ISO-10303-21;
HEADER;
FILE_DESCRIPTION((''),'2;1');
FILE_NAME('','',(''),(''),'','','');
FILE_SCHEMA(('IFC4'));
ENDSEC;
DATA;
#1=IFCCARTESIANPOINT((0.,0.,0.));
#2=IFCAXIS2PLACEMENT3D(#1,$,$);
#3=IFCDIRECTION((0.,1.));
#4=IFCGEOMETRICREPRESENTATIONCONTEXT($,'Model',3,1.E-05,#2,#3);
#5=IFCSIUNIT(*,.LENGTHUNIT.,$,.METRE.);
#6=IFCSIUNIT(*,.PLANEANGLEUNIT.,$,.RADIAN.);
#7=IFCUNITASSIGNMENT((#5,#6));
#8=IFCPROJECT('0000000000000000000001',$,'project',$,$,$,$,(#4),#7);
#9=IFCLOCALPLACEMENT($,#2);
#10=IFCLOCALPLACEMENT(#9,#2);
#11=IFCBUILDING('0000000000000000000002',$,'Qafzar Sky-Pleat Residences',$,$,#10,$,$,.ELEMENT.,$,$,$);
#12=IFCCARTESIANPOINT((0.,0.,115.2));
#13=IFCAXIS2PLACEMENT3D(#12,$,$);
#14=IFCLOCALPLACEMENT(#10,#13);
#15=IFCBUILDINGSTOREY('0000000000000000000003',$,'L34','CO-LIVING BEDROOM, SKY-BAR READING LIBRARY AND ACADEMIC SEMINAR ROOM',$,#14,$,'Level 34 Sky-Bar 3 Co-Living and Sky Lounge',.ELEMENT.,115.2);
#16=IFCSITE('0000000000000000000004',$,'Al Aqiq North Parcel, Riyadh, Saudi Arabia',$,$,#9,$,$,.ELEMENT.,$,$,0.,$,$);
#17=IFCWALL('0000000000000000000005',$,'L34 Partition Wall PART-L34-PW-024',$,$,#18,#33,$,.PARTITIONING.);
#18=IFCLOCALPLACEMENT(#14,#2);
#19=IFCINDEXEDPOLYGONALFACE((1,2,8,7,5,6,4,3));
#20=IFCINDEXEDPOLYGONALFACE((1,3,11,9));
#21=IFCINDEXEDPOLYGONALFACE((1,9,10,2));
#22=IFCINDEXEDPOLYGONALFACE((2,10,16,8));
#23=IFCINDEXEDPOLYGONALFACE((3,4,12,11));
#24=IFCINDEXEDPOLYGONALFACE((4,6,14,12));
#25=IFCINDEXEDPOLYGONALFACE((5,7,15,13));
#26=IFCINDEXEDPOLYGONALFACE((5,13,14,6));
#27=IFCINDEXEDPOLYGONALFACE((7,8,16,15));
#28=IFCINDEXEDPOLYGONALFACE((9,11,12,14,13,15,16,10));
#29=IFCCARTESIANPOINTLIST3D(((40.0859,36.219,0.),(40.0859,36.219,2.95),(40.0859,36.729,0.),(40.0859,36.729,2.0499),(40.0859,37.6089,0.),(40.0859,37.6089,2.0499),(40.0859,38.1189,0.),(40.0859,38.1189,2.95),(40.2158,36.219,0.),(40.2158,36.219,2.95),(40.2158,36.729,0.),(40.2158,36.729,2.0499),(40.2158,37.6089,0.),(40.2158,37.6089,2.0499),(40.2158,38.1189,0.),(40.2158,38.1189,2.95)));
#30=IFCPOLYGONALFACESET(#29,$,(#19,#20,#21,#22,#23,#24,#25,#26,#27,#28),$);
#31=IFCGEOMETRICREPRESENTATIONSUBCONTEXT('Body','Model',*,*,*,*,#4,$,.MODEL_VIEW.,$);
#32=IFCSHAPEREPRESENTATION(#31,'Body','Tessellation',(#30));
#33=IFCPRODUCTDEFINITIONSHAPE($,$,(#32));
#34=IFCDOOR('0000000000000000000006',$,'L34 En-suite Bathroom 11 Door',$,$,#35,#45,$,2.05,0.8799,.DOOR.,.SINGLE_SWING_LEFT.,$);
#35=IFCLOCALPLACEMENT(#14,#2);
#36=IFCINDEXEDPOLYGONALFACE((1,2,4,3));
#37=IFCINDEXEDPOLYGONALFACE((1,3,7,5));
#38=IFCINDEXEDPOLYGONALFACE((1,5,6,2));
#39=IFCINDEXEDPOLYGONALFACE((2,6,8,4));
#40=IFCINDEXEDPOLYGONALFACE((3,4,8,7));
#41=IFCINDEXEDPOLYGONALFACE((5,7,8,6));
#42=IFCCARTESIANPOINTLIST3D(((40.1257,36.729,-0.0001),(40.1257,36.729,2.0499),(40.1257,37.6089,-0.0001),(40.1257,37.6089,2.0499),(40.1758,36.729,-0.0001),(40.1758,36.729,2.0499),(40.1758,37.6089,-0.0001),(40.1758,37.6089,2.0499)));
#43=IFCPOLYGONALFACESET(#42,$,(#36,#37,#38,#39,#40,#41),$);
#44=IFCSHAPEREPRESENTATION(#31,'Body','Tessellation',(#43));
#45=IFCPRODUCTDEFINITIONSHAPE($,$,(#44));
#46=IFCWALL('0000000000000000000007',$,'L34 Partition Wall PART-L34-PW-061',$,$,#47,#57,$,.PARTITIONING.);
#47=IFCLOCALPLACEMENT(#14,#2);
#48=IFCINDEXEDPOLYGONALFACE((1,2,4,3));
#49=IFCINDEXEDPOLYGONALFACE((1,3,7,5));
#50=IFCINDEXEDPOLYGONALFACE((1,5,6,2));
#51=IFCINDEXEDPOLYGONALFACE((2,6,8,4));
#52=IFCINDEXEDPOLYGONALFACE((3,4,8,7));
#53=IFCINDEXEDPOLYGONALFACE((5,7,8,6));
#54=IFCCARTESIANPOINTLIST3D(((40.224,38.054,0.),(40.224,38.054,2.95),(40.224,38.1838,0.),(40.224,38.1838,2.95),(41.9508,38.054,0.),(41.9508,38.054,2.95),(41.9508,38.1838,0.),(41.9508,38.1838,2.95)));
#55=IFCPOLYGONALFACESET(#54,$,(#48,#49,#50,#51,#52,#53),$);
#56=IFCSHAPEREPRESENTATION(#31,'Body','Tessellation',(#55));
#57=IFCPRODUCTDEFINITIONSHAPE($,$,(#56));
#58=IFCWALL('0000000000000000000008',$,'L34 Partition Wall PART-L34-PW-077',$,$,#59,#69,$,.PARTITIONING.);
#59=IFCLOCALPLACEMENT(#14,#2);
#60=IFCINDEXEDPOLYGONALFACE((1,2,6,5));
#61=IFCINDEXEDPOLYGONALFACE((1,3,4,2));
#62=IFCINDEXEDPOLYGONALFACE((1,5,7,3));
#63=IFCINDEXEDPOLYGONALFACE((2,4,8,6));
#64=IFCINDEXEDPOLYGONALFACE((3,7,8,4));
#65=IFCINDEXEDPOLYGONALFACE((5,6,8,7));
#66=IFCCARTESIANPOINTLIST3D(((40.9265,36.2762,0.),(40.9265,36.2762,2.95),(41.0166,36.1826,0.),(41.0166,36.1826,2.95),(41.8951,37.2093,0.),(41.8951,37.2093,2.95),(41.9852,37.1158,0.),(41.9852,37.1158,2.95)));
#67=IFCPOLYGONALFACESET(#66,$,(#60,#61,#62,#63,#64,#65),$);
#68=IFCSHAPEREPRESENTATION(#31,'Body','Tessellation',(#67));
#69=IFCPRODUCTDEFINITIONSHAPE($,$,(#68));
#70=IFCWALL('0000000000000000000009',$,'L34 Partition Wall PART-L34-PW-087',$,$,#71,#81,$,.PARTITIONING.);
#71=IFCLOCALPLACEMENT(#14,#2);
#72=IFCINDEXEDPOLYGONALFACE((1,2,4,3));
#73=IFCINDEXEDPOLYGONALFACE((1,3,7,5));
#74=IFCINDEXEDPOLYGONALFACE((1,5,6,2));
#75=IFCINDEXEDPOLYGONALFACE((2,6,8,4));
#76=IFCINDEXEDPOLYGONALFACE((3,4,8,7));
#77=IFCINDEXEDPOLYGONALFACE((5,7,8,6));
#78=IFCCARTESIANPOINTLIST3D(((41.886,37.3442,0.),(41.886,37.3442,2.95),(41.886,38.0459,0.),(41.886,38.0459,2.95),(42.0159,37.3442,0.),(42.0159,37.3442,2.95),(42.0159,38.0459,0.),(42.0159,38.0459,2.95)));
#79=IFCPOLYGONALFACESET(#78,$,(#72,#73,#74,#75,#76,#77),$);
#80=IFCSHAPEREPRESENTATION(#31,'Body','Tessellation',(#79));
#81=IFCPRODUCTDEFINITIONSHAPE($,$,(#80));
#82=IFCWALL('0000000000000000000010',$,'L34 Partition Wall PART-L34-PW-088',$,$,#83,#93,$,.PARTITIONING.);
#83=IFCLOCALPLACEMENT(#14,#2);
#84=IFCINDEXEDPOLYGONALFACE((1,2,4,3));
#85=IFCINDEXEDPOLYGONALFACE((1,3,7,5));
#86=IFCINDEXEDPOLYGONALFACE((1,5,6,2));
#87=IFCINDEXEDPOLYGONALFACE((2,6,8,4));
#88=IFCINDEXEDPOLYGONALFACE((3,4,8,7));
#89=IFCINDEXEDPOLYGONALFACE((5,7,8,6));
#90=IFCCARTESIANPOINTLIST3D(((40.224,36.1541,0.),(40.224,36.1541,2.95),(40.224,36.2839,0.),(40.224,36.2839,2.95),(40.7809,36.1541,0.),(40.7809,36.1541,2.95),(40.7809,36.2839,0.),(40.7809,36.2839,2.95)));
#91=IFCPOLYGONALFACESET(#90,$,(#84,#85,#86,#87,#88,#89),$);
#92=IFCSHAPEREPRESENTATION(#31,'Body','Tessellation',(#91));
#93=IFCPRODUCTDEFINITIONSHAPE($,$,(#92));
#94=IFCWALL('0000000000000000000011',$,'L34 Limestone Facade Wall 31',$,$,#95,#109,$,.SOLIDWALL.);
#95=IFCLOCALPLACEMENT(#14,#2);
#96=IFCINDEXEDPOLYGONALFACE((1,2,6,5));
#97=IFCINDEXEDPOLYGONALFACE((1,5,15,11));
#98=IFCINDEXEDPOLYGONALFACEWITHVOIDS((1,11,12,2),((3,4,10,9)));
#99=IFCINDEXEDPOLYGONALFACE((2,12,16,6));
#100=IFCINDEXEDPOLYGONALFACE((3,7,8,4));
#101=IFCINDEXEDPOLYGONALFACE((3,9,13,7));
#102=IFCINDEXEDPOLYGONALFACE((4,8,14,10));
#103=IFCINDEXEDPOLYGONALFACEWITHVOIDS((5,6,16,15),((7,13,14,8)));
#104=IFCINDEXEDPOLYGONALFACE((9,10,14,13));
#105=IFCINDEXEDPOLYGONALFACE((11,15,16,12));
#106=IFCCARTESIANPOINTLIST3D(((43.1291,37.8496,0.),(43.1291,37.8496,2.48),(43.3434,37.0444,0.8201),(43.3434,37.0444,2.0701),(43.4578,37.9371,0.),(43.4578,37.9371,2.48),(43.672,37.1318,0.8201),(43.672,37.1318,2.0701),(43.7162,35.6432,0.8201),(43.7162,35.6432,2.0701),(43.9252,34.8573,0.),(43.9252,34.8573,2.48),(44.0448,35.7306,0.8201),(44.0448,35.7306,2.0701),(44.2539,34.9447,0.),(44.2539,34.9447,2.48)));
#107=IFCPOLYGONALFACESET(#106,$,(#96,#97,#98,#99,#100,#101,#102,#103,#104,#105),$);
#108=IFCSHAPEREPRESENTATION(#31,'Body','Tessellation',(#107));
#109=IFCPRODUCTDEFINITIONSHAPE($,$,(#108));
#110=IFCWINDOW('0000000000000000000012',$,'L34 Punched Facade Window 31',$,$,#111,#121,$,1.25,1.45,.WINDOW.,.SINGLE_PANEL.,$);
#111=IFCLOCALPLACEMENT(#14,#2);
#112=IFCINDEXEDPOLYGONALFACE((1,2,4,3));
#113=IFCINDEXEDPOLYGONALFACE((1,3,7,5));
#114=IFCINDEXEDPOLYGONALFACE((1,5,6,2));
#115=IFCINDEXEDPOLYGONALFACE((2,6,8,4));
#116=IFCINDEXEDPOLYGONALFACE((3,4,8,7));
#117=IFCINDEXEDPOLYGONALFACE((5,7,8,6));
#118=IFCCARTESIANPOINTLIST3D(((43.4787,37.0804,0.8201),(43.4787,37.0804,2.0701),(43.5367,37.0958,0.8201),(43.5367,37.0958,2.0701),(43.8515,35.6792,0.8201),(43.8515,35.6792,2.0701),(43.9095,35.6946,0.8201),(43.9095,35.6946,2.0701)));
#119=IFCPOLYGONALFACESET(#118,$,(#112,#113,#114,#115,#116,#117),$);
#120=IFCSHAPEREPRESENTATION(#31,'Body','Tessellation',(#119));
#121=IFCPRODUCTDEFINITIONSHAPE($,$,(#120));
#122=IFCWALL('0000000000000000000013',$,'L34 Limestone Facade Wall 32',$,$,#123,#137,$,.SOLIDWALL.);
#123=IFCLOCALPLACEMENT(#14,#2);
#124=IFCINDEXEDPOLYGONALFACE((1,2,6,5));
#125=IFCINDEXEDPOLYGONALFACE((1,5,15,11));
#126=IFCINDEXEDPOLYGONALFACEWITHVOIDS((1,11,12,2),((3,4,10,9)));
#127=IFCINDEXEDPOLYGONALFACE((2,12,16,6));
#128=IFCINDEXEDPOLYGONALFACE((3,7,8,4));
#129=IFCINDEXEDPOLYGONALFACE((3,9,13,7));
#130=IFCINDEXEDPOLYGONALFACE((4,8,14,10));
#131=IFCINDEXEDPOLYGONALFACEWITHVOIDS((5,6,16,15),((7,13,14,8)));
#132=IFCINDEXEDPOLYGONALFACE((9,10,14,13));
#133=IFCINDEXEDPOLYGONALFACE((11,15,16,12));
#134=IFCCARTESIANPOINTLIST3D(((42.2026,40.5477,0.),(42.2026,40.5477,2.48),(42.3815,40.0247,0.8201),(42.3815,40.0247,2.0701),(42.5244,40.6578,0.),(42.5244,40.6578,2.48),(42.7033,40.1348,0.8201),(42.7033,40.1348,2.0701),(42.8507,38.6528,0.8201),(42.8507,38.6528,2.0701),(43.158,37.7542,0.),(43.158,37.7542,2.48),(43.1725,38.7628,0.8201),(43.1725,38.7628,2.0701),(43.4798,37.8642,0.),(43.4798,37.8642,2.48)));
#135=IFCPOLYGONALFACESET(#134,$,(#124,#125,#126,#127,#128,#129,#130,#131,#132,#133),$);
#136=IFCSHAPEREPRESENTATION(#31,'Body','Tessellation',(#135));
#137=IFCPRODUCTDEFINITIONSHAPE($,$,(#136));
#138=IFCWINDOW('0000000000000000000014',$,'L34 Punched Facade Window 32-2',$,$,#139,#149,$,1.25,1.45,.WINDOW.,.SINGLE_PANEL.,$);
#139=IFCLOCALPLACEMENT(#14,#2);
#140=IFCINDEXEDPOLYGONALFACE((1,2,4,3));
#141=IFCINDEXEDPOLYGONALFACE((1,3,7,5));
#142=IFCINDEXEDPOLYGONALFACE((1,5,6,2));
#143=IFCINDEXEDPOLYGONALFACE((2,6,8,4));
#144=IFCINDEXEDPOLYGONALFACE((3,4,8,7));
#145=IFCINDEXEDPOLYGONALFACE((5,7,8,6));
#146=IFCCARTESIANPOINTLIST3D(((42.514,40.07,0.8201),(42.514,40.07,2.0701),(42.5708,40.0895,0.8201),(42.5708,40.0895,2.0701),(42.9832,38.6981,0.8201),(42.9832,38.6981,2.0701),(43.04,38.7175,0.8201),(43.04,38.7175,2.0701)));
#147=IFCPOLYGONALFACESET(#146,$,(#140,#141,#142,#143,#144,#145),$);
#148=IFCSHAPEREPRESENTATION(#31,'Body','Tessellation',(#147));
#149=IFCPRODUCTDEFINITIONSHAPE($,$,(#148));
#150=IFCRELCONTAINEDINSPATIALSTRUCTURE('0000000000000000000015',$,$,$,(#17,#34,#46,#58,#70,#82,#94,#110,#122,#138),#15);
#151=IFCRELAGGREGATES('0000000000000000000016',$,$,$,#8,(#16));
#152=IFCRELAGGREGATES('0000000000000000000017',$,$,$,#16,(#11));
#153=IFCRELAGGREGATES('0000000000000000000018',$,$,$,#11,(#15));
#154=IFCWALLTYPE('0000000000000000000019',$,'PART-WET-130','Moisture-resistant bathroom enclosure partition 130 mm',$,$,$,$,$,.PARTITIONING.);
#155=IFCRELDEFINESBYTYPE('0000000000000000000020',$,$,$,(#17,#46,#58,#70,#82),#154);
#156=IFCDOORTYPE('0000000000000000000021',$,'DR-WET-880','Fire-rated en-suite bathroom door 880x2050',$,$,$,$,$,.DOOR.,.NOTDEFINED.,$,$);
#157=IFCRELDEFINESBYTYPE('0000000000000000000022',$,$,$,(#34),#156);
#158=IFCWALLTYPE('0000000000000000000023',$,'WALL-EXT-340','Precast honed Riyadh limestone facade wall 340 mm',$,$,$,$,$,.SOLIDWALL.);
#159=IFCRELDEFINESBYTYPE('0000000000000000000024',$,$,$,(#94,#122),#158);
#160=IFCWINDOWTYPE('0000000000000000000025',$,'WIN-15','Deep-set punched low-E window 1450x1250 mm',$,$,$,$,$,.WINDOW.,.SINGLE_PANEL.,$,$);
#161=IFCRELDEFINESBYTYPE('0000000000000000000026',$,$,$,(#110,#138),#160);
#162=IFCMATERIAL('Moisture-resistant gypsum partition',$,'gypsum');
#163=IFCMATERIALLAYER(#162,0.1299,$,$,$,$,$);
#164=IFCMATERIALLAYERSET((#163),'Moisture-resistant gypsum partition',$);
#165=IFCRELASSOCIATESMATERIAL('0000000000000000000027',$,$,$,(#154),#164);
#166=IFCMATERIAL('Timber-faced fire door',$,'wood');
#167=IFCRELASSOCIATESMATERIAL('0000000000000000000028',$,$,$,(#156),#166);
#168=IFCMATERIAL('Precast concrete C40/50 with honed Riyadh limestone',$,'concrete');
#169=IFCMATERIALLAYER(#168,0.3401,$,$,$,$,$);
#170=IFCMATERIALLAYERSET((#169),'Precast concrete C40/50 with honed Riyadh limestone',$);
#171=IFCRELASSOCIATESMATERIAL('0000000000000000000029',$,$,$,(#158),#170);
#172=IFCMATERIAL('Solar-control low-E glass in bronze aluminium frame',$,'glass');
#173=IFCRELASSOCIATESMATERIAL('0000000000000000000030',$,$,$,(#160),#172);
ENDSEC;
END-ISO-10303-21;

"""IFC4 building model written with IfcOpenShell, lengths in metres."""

from ifc_helpers import new_model, si_unit, direction, frame, frame_2d, origin, place, context, subcontext, project, spatial, rectangle, extrude, source, transform, mapped, material, layer, layer_set, type_object, element, fill, save


model = new_model("IFC4")

# Units and contexts
model_context = context("Model", 3, precision=1e-05, world=origin(), true_north=direction((0.0, 1.0)))
body_context = subcontext(model_context, "Body", "Model", "MODEL_VIEW")
ifc_project = project(units=[si_unit("LENGTHUNIT", "METRE"), si_unit("PLANEANGLEUNIT", "RADIAN")], contexts=[model_context])

# Site, building, storey
site_placement = place(None, origin())
site = spatial("IfcSite", under=ifc_project, at=site_placement, Name="Al Aqiq North Parcel, Riyadh, Saudi Arabia", CompositionType="ELEMENT", RefElevation=0.0)
building_placement = place(site_placement, origin())
building = spatial("IfcBuilding", under=site, at=building_placement, Name="Qafzar Sky-Pleat Residences", CompositionType="ELEMENT")
storey_placement = place(building_placement, frame((0.0, 0.0, 115.2)))
storey = spatial("IfcBuildingStorey", under=building, at=storey_placement, Name="L34", Description="CO-LIVING BEDROOM, SKY-BAR READING LIBRARY AND ACADEMIC SEMINAR ROOM", LongName="Level 34 Sky-Bar 3 Co-Living and Sky Lounge", CompositionType="ELEMENT", Elevation=115.2)

# Wall, opening, door
ifc_material_1 = material(Name="Moisture-resistant gypsum partition", Category="gypsum")
ifc_layer_1 = layer(ifc_material_1, 0.1299)
ifc_layer_set_1 = layer_set([ifc_layer_1], Name="Moisture-resistant gypsum partition")
wall_type_1 = type_object("IfcWallType", Name="PART-WET-130", Description="Moisture-resistant bathroom enclosure partition 130 mm", PredefinedType="PARTITIONING", material=ifc_layer_set_1)
wall_1_placement = place(storey_placement, frame((40.1509, 38.1189, 0.0), z_axis=(0.0, 0.0, 1.0), x_axis=(0.0, -1.0, 0.0)))
wall_1 = element("IfcWall", 1, at=wall_1_placement, inside=storey, type_object=wall_type_1, Name="L34 Partition Wall PART-L34-PW-024", PredefinedType="PARTITIONING", context=body_context, shape_type="SweptSolid", body=[
    extrude(rectangle(XDim=1.8999, YDim=0.1299, at=frame_2d((0.95, 0.0))), origin(), (0.0, 0.0, 1.0), 2.95),
])
opening_1_placement = place(wall_1_placement, frame((0.51, 0.0, 0.0)))
opening_1 = element("IfcOpeningElement", 2, at=opening_1_placement, cuts=wall_1, PredefinedType="OPENING", context=body_context, shape_type="SweptSolid", body=[
    extrude(rectangle(XDim=0.8799, YDim=2.05, at=frame_2d((0.4399, 1.0249))), frame((0.0, 0.075, 0.0), z_axis=(0.0, -1.0, 0.0), x_axis=(1.0, 0.0, 0.0)), (0.0, 0.0, 1.0), 0.1499),
])
ifc_material_2 = material(Name="Timber-faced fire door", Category="wood")
door_type = type_object("IfcDoorType", Name="DR-WET-880", Description="Fire-rated en-suite bathroom door 880x2050", OperationType="NOTDEFINED", PredefinedType="DOOR", material=ifc_material_2)
shared_shape_1 = source(origin(), body_context, "Body", "SweptSolid", [
    extrude(rectangle(XDim=0.8799, YDim=2.05, at=frame_2d((0.4399, 1.0249))), frame((0.0, 0.0249, 0.0), z_axis=(0.0, -1.0, 0.0), x_axis=(1.0, 0.0, 0.0)), (0.0, 0.0, 1.0), 0.05),
])
door_placement = place(opening_1_placement, origin())
door = element("IfcDoor", 3, at=door_placement, inside=storey, type_object=door_type, Name="L34 En-suite Bathroom 11 Door", OperationType="SINGLE_SWING_LEFT", OverallHeight=2.05, OverallWidth=0.8799, PredefinedType="DOOR", context=body_context, shape_type="MappedRepresentation", body=[
    mapped(shared_shape_1, transform((0.0, 0.0, 0.0), x_axis=(1.0, 0.0, 0.0), y_axis=(0.0, 1.0, 0.0), z_axis=(0.0, 0.0, 1.0), scale=1.0)),
])
fill(opening_1, door)

# Walls
wall_2_placement = place(storey_placement, frame((40.2241, 38.1189, 0.0), z_axis=(0.0, 0.0, 1.0), x_axis=(1.0, 0.0, 0.0)))
element("IfcWall", 4, at=wall_2_placement, inside=storey, type_object=wall_type_1, Name="L34 Partition Wall PART-L34-PW-061", PredefinedType="PARTITIONING", context=body_context, shape_type="SweptSolid", body=[
    extrude(rectangle(XDim=1.7268, YDim=0.1299, at=frame_2d((0.8633, 0.0))), origin(), (0.0, 0.0, 1.0), 2.95),
])
wall_3_placement = place(storey_placement, frame((40.9717, 36.2295, 0.0), z_axis=(0.0, 0.0, 1.0), x_axis=(0.720146, 0.693823, 0.0)))
element("IfcWall", 5, at=wall_3_placement, inside=storey, type_object=wall_type_1, Name="L34 Partition Wall PART-L34-PW-077", PredefinedType="PARTITIONING", context=body_context, shape_type="SweptSolid", body=[
    extrude(rectangle(XDim=1.345, YDim=0.1299, at=frame_2d((0.6724, 0.0))), origin(), (0.0, 0.0, 1.0), 2.95),
])
wall_4_placement = place(storey_placement, frame((41.9509, 37.3442, 0.0), z_axis=(0.0, 0.0, 1.0), x_axis=(0.0, 1.0, 0.0)))
element("IfcWall", 6, at=wall_4_placement, inside=storey, type_object=wall_type_1, Name="L34 Partition Wall PART-L34-PW-087", PredefinedType="PARTITIONING", context=body_context, shape_type="SweptSolid", body=[
    extrude(rectangle(XDim=0.7017, YDim=0.1299, at=frame_2d((0.3508, 0.0))), origin(), (0.0, 0.0, 1.0), 2.95),
])
wall_5_placement = place(storey_placement, frame((40.2241, 36.219, 0.0), z_axis=(0.0, 0.0, 1.0), x_axis=(1.0, 0.0, 0.0)))
element("IfcWall", 7, at=wall_5_placement, inside=storey, type_object=wall_type_1, Name="L34 Partition Wall PART-L34-PW-088", PredefinedType="PARTITIONING", context=body_context, shape_type="SweptSolid", body=[
    extrude(rectangle(XDim=0.5569, YDim=0.1299, at=frame_2d((0.2783, 0.0))), origin(), (0.0, 0.0, 1.0), 2.95),
])

# Walls, openings, windows
ifc_material_3 = material(Name="Precast concrete C40/50 with honed Riyadh limestone", Category="concrete")
ifc_layer_2 = layer(ifc_material_3, 0.3401)
ifc_layer_set_2 = layer_set([ifc_layer_2], Name="Precast concrete C40/50 with honed Riyadh limestone")
wall_type_2 = type_object("IfcWallType", Name="WALL-EXT-340", Description="Precast honed Riyadh limestone facade wall 340 mm", PredefinedType="SOLIDWALL", material=ifc_layer_set_2)
wall_6_placement = place(storey_placement, frame((44.0896, 34.9009, 0.0), z_axis=(0.0, 0.0, 1.0), x_axis=(-0.257108, 0.966383, 0.0)))
wall_6 = element("IfcWall", 8, at=wall_6_placement, inside=storey, type_object=wall_type_2, Name="L34 Limestone Facade Wall 31", PredefinedType="SOLIDWALL", context=body_context, shape_type="SweptSolid", body=[
    extrude(rectangle(XDim=3.0964, YDim=0.3401, at=frame_2d((1.5483, 0.0))), origin(), (0.0, 0.0, 1.0), 2.48),
])
opening_2_placement = place(wall_6_placement, frame((0.8132, 0.0, 0.8201)))
opening_2 = element("IfcOpeningElement", 9, at=opening_2_placement, cuts=wall_6, PredefinedType="OPENING", context=body_context, shape_type="SweptSolid", body=[
    extrude(rectangle(XDim=1.45, YDim=1.25, at=frame_2d((0.7251, 0.625))), frame((0.0, 0.1802, 0.0), z_axis=(0.0, -1.0, 0.0), x_axis=(1.0, 0.0, 0.0)), (0.0, 0.0, 1.0), 0.3601),
])
ifc_material_4 = material(Name="Solar-control low-E glass in bronze aluminium frame", Category="glass")
window_type_1 = type_object("IfcWindowType", Name="WIN-15", Description="Deep-set punched low-E window 1450x1250 mm", PartitioningType="SINGLE_PANEL", PredefinedType="WINDOW", material=ifc_material_4)
shared_shape_2 = source(origin(), body_context, "Body", "SweptSolid", [
    extrude(rectangle(XDim=1.45, YDim=1.25, at=frame_2d((0.7251, 0.625))), frame((0.0, 0.03, 0.0), z_axis=(0.0, -1.0, 0.0), x_axis=(1.0, 0.0, 0.0)), (0.0, 0.0, 1.0), 0.0601),
])
window_1_placement = place(opening_2_placement, origin())
window_1 = element("IfcWindow", 10, at=window_1_placement, inside=storey, type_object=window_type_1, Name="L34 Punched Facade Window 31", OverallHeight=1.25, OverallWidth=1.45, PartitioningType="SINGLE_PANEL", PredefinedType="WINDOW", context=body_context, shape_type="MappedRepresentation", body=[
    mapped(shared_shape_2, transform((0.0, 0.0, 0.0), x_axis=(1.0, 0.0, 0.0), y_axis=(0.0, 1.0, 0.0), z_axis=(0.0, 0.0, 1.0), scale=1.0)),
])
fill(opening_2, window_1)
wall_7_placement = place(storey_placement, frame((43.3188, 37.8093, 0.0), z_axis=(0.0, 0.0, 1.0), x_axis=(-0.323586, 0.946199, 0.0)))
wall_7 = element("IfcWall", 11, at=wall_7_placement, inside=storey, type_object=wall_type_2, Name="L34 Limestone Facade Wall 32", PredefinedType="SOLIDWALL", context=body_context, shape_type="SweptSolid", body=[
    extrude(rectangle(XDim=2.9524, YDim=0.3401, at=frame_2d((1.4761, 0.0))), origin(), (0.0, 0.0, 1.0), 2.48),
])
opening_3_placement = place(wall_7_placement, frame((0.9495, 0.0, 0.8201)))
opening_3 = element("IfcOpeningElement", 12, at=opening_3_placement, cuts=wall_7, PredefinedType="OPENING", context=body_context, shape_type="SweptSolid", body=[
    extrude(rectangle(XDim=1.45, YDim=1.25, at=frame_2d((0.7251, 0.625))), frame((0.0, 0.1802, 0.0), z_axis=(0.0, -1.0, 0.0), x_axis=(1.0, 0.0, 0.0)), (0.0, 0.0, 1.0), 0.3601),
])
window_2_placement = place(opening_3_placement, origin())
window_2 = element("IfcWindow", 13, at=window_2_placement, inside=storey, type_object=window_type_1, Name="L34 Punched Facade Window 32-2", OverallHeight=1.25, OverallWidth=1.45, PartitioningType="SINGLE_PANEL", PredefinedType="WINDOW", context=body_context, shape_type="MappedRepresentation", body=[
    mapped(shared_shape_2, transform((0.0, 0.0, 0.0), x_axis=(1.0, 0.0, 0.0), y_axis=(0.0, 1.0, 0.0), z_axis=(0.0, 0.0, 1.0), scale=1.0)),
])
fill(opening_3, window_2)

save(model, "model.ifc")
